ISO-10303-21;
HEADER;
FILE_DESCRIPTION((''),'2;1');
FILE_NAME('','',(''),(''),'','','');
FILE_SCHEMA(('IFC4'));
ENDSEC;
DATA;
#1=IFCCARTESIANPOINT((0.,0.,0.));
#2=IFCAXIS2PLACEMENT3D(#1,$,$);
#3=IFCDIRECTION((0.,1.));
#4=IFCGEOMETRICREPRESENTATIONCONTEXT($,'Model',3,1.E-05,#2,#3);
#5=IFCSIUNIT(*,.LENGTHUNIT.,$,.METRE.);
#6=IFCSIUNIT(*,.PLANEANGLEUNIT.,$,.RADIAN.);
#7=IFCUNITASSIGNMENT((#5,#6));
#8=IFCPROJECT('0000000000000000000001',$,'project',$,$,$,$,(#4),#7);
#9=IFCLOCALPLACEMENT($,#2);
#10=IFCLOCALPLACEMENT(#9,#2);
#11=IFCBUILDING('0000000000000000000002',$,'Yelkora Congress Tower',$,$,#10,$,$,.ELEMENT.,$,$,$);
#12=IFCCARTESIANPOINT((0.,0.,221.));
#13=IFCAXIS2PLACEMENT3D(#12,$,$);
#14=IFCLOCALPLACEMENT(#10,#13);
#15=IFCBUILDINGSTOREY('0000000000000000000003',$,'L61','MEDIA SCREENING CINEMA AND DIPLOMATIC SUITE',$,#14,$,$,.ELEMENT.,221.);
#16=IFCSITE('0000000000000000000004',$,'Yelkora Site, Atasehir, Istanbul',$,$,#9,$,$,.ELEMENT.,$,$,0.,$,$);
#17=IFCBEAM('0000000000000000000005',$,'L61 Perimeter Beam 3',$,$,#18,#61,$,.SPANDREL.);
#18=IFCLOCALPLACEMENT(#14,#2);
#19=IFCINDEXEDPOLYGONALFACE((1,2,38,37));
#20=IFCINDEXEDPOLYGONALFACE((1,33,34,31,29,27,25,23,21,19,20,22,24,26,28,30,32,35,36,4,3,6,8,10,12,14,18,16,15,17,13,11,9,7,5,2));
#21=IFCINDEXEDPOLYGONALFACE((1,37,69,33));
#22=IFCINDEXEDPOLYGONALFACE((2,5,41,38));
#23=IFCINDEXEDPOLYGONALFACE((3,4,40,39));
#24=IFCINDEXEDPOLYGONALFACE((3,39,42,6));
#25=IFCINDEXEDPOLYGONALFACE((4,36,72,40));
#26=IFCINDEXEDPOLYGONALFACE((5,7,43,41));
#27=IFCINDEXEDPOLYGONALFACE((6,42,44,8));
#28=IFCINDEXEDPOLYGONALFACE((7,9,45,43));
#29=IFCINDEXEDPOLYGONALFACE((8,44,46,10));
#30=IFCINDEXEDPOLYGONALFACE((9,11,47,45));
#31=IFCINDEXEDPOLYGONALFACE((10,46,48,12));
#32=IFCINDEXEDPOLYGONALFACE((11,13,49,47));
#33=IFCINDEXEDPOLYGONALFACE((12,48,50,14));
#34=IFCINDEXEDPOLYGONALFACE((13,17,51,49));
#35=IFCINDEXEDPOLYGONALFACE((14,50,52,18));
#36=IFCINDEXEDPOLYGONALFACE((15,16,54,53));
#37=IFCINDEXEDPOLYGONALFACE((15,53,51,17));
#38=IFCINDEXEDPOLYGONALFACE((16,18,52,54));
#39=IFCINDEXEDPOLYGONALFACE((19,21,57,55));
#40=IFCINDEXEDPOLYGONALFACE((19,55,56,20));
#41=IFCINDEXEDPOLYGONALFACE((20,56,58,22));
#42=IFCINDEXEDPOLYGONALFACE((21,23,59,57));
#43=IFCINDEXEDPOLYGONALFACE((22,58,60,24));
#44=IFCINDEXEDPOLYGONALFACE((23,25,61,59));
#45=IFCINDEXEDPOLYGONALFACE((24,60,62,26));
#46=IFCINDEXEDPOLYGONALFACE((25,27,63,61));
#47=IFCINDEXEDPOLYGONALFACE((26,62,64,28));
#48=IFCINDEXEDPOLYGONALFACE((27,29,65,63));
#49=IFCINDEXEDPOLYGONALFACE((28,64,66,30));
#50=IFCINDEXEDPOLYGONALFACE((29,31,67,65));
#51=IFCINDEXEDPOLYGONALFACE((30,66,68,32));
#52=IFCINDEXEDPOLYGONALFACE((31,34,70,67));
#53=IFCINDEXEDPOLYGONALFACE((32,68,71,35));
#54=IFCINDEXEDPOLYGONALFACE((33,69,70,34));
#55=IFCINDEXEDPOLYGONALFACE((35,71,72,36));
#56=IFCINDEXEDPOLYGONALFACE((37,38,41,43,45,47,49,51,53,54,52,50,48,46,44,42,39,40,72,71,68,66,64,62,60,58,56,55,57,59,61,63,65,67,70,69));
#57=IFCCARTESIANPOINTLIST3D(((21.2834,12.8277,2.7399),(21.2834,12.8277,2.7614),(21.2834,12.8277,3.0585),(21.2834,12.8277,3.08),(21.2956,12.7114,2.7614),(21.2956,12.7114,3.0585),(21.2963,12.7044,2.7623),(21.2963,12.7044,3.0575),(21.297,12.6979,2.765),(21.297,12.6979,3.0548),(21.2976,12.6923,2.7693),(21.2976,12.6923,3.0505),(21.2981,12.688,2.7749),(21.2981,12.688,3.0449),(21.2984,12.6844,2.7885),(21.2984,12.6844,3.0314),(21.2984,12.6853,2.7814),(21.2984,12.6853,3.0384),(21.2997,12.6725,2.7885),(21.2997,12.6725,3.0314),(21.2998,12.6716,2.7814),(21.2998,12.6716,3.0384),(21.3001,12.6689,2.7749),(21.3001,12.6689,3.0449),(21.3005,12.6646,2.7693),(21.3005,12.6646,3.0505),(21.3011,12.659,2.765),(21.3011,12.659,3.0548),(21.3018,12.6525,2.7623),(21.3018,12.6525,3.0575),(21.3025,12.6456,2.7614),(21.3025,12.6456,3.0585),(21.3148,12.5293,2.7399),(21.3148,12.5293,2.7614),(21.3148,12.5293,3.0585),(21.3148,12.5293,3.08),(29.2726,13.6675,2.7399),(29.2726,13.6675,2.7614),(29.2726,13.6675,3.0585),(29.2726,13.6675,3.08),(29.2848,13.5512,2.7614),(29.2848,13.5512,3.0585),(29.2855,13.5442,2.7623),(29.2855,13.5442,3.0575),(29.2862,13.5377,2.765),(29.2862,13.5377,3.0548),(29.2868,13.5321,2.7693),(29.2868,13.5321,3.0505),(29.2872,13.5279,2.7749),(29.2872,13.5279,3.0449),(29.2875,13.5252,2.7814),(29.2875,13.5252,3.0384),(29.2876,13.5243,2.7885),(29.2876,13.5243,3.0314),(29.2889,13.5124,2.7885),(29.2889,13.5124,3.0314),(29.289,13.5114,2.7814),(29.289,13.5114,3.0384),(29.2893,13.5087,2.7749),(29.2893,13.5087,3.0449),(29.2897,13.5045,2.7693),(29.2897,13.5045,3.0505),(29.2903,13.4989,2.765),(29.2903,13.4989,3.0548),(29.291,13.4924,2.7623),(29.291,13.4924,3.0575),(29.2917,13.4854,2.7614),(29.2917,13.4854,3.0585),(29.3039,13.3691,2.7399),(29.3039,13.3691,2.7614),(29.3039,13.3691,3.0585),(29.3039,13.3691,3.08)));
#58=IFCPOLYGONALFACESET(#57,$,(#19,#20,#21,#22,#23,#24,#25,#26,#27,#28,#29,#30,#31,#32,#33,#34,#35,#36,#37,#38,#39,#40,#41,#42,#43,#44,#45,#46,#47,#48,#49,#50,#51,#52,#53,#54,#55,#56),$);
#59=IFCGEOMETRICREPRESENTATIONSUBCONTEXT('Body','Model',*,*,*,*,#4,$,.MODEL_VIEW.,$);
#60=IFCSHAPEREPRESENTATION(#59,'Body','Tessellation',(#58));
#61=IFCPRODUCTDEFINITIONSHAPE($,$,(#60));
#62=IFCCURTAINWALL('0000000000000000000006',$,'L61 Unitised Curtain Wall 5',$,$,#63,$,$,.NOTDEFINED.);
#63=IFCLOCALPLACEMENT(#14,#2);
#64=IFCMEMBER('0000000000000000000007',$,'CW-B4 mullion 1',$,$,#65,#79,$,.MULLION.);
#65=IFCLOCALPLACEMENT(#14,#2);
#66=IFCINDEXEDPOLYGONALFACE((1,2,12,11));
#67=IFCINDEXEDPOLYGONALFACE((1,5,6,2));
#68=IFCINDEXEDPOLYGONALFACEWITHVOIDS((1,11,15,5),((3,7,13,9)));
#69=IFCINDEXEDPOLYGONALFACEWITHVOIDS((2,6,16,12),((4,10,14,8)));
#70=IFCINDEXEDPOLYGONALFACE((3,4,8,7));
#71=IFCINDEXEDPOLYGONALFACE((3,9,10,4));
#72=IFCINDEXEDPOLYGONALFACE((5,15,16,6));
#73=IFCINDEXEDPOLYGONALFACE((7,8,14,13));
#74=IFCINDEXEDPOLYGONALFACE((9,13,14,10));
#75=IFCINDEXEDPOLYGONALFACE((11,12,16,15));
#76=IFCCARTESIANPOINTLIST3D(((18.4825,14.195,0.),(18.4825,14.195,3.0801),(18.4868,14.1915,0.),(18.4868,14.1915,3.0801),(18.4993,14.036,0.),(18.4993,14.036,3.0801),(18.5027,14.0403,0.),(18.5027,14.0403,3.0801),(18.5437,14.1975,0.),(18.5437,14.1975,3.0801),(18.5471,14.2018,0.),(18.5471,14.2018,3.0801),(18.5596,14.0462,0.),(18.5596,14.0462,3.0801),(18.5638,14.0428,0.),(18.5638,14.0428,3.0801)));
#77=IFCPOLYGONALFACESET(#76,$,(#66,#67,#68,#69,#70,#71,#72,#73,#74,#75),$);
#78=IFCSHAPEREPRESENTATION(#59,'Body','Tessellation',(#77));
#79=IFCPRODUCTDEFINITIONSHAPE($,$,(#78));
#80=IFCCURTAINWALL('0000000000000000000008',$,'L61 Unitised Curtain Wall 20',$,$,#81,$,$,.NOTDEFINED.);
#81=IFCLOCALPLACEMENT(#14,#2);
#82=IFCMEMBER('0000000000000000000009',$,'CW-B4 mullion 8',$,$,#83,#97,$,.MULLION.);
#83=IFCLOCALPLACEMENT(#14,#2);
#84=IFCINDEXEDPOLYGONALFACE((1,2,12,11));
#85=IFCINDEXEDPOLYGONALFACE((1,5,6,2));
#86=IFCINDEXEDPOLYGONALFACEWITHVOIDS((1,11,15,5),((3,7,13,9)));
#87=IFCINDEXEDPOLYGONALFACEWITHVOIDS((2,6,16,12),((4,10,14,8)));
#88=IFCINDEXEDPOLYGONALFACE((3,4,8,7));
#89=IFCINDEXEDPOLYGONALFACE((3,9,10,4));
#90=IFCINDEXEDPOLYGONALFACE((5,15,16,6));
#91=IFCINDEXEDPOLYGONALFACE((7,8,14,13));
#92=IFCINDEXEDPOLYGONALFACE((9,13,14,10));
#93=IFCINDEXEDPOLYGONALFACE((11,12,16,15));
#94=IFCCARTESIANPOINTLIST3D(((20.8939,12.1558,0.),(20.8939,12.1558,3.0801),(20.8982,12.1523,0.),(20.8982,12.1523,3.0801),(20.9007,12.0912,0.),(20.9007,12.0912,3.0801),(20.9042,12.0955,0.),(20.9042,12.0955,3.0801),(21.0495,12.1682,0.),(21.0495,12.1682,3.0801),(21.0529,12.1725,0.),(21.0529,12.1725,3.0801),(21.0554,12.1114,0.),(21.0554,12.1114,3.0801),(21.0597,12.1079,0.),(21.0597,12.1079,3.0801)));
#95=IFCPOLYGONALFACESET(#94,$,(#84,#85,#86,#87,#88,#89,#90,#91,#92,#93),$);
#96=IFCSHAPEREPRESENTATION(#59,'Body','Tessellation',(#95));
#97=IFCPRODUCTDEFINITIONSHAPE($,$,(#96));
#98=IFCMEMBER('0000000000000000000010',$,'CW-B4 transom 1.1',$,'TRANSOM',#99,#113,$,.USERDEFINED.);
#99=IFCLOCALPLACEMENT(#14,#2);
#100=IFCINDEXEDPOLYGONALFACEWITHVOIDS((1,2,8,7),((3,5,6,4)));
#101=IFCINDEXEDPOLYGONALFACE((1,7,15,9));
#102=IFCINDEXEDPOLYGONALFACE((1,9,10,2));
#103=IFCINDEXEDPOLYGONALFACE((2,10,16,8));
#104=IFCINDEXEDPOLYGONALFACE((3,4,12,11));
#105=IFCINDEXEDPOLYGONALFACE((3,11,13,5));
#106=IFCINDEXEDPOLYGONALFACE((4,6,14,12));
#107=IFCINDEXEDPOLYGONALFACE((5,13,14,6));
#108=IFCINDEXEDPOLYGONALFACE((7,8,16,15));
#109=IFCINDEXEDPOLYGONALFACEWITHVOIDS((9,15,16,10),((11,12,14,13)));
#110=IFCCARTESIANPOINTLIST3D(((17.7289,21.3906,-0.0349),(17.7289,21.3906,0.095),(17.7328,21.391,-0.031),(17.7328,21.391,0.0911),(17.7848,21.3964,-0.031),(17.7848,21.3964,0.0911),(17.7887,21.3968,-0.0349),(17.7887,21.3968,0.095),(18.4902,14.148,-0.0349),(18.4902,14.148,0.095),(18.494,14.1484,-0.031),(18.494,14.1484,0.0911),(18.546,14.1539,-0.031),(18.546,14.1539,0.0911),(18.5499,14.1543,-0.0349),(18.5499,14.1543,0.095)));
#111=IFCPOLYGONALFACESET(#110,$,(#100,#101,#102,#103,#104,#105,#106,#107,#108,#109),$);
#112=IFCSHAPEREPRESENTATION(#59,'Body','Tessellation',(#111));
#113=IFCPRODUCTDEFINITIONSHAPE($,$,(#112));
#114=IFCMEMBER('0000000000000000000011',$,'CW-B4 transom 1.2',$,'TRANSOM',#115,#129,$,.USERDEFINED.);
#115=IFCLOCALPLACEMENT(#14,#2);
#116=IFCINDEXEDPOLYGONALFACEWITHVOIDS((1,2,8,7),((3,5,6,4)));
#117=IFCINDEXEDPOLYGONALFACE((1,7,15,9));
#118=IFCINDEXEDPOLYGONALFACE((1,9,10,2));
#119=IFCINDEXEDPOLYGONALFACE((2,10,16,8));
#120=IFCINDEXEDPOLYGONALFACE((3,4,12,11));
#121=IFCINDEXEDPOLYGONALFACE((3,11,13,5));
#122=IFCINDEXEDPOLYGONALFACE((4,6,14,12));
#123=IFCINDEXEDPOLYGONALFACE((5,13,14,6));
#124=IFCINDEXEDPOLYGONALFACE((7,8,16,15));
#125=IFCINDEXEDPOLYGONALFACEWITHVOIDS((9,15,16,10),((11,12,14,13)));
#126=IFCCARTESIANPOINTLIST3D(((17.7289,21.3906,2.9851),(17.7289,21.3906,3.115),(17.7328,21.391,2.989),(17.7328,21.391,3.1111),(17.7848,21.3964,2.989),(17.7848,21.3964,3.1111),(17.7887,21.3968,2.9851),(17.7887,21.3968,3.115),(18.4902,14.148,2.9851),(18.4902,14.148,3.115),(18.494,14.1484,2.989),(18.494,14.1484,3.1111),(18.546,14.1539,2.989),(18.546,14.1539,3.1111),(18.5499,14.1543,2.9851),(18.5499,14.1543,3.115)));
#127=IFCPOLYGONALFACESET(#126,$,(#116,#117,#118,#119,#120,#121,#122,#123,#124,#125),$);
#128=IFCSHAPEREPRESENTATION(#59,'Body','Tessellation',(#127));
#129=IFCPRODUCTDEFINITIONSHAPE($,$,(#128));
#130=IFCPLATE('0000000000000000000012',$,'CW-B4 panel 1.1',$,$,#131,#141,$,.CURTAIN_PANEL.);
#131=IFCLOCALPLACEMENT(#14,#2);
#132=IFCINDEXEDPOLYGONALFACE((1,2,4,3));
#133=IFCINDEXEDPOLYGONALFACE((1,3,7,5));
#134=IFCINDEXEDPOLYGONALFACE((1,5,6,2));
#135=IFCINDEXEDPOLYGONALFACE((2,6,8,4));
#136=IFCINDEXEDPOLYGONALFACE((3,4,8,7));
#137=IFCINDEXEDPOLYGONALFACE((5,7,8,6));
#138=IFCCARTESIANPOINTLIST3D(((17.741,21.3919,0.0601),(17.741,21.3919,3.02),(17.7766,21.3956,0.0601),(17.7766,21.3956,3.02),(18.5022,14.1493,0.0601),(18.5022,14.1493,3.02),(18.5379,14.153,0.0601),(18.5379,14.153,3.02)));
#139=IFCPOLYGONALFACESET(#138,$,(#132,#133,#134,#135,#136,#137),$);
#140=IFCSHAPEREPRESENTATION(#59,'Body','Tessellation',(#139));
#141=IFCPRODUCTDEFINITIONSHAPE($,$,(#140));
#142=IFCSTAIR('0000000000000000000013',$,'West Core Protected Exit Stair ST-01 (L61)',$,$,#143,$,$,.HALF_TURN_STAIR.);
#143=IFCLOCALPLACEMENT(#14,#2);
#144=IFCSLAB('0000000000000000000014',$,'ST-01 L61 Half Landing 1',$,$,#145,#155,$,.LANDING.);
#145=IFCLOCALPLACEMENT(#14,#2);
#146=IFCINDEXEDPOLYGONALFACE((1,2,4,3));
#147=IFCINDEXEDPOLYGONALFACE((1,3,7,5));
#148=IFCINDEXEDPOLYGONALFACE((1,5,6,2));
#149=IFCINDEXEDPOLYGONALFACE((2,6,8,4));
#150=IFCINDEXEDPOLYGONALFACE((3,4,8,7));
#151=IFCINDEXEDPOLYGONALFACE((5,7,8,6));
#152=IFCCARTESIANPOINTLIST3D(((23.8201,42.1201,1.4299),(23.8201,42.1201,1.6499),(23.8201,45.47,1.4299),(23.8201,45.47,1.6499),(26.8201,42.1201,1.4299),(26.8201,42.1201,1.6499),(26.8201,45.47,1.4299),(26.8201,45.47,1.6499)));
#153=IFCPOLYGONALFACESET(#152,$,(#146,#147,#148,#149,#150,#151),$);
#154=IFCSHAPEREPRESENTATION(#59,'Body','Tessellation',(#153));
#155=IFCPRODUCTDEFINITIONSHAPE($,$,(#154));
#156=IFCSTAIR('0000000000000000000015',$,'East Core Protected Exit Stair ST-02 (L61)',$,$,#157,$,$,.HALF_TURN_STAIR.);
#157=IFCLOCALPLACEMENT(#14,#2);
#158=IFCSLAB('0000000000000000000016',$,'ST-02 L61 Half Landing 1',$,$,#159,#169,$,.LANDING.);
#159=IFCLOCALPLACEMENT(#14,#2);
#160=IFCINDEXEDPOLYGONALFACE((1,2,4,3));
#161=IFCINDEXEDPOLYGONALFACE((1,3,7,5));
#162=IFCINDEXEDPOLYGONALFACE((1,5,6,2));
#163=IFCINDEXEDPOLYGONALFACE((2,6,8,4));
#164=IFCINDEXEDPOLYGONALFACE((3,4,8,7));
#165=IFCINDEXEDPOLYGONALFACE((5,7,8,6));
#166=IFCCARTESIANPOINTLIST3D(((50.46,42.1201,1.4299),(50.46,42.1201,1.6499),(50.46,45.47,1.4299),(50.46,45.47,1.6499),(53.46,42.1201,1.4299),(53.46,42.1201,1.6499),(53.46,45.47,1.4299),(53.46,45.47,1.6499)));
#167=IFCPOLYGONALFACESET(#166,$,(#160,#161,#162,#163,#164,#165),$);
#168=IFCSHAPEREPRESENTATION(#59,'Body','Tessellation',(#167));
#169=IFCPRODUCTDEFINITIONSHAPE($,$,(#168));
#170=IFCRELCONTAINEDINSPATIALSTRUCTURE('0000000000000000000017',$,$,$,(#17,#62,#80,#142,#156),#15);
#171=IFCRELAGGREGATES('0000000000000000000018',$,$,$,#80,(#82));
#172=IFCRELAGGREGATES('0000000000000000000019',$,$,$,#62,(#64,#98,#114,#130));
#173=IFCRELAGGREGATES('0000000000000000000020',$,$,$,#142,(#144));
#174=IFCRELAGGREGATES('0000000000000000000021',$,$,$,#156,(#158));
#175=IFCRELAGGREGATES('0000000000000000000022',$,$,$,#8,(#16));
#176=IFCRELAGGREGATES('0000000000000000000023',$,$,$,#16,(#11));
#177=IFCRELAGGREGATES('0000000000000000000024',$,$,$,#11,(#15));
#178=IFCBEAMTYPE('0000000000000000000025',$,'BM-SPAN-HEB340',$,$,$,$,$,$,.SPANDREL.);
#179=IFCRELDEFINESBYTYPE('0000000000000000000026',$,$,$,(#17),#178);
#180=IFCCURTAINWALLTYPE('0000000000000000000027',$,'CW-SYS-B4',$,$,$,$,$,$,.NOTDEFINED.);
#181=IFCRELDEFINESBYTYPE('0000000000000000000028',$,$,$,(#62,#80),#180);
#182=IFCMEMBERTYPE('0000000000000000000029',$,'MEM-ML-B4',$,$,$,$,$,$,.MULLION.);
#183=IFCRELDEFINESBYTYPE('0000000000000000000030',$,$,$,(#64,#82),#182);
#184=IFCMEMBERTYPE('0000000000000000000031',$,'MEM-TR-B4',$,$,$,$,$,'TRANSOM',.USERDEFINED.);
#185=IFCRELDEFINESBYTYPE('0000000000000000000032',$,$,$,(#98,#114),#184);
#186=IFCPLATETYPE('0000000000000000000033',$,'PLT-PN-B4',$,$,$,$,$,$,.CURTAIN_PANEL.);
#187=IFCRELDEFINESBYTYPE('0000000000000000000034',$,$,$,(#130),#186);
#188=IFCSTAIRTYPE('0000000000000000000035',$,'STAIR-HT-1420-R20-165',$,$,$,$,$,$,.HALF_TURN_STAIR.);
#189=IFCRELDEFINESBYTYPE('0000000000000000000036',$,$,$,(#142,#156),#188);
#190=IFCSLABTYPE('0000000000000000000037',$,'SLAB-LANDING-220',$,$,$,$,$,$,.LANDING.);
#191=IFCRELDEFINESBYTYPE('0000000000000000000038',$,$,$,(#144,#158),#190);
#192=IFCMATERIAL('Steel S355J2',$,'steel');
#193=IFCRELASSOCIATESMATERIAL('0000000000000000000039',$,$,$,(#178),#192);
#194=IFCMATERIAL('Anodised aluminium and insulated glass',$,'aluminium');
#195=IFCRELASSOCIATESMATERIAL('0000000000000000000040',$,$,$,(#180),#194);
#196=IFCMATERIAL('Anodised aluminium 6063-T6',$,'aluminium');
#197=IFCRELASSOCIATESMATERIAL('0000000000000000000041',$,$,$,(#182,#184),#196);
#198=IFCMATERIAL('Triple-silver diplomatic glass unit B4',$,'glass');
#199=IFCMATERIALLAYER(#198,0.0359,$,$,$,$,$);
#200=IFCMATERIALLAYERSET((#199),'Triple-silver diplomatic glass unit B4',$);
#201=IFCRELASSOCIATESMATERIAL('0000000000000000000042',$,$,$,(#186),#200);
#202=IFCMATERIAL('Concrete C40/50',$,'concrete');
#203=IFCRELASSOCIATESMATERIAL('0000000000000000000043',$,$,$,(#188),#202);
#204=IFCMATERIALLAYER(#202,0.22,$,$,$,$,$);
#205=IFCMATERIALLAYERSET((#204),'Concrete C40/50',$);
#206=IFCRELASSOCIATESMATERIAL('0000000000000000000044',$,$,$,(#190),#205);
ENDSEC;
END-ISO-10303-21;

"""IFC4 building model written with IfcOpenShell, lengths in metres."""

from ifc_helpers import new_model, si_unit, direction, frame, origin, origin_2d, place, context, subcontext, project, spatial, polyline, rectangle, hollow_rectangle, i_section, outline, extrude, material, layer, layer_set, material_profile, profile_set, type_object, element, aggregate, save


model = new_model("IFC4")

# Units and contexts
model_context = context("Model", 3, precision=1e-05, world=origin(), true_north=direction((0.0, 1.0)))
body_context = subcontext(model_context, "Body", "Model", "MODEL_VIEW")
ifc_project = project(units=[si_unit("LENGTHUNIT", "METRE"), si_unit("PLANEANGLEUNIT", "RADIAN")], contexts=[model_context])

# Site, building, storey
site_placement = place(None, origin())
site = spatial("IfcSite", under=ifc_project, at=site_placement, Name="Yelkora Site, Atasehir, Istanbul", CompositionType="ELEMENT", RefElevation=0.0)
building_placement = place(site_placement, origin())
building = spatial("IfcBuilding", under=site, at=building_placement, Name="Yelkora Congress Tower", CompositionType="ELEMENT")
storey_placement = place(building_placement, frame((0.0, 0.0, 221.0)))
storey = spatial("IfcBuildingStorey", under=building, at=storey_placement, Name="L61", Description="MEDIA SCREENING CINEMA AND DIPLOMATIC SUITE", CompositionType="ELEMENT", Elevation=221.0)

# Shared definitions
ifc_material_1 = material(Name="Steel S355J2", Category="steel")

# Beam
ifc_material_profile_1 = material_profile(ifc_material_1, i_section(OverallWidth=0.3, OverallDepth=0.3401, WebThickness=0.012, FlangeThickness=0.0215, FilletRadius=0.0271, at=origin_2d()), Name="HEB 340")
ifc_profile_set_1 = profile_set([ifc_material_profile_1], Name="Steel S355J2")
beam_type_1 = type_object("IfcBeamType", Name="BM-SPAN-HEB340", PredefinedType="SPANDREL", material=ifc_profile_set_1)
beam_1_placement = place(storey_placement, frame((21.2991, 12.6785, 2.9099), z_axis=(0.99452, 0.104546, 0.0), x_axis=(-0.104546, 0.99452, 0.0)))
element("IfcBeam", 1, at=beam_1_placement, inside=storey, type_object=beam_type_1, Name="L61 Perimeter Beam 3", PredefinedType="SPANDREL", context=body_context, shape_type="SweptSolid", body=[
    extrude(i_section(OverallWidth=0.3, OverallDepth=0.3401, WebThickness=0.012, FlangeThickness=0.0215, FilletRadius=0.0271, at=origin_2d()), origin(), (0.0, 0.0, 1.0), 8.0332),
])

# Curtain walls, members
ifc_material_2 = material(Name="Anodised aluminium and insulated glass", Category="aluminium")
curtain_wall_type = type_object("IfcCurtainWallType", Name="CW-SYS-B4", PredefinedType="NOTDEFINED", material=ifc_material_2)
curtain_wall_1_placement = place(storey_placement, origin())
curtain_wall_1 = element("IfcCurtainWall", 2, at=curtain_wall_1_placement, inside=storey, type_object=curtain_wall_type, Name="L61 Unitised Curtain Wall 5", PredefinedType="NOTDEFINED")
ifc_material_3 = material(Name="Anodised aluminium 6063-T6", Category="aluminium")
ifc_material_profile_2 = material_profile(ifc_material_3, hollow_rectangle(XDim=0.0649, YDim=0.1599, WallThickness=0.0039, at=origin_2d()), Name="ALU 65x160x4")
ifc_profile_set_2 = profile_set([ifc_material_profile_2], Name="Anodised aluminium 6063-T6")
member_type_1 = type_object("IfcMemberType", Name="MEM-ML-B4", PredefinedType="MULLION", material=ifc_profile_set_2)
member_1_placement = place(storey_placement, frame((18.5232, 14.1189, 0.0), z_axis=(0.0, 0.0, 1.0), x_axis=(-0.994522, -0.104526, 0.0)))
member_1 = element("IfcMember", 3, at=member_1_placement, type_object=member_type_1, Name="CW-B4 mullion 1", PredefinedType="MULLION", context=body_context, shape_type="SweptSolid", body=[
    extrude(hollow_rectangle(XDim=0.0649, YDim=0.1599, WallThickness=0.0039, at=origin_2d()), origin(), (0.0, 0.0, 1.0), 3.0801),
])
curtain_wall_2_placement = place(storey_placement, origin())
curtain_wall_2 = element("IfcCurtainWall", 4, at=curtain_wall_2_placement, inside=storey, type_object=curtain_wall_type, Name="L61 Unitised Curtain Wall 20", PredefinedType="NOTDEFINED")
member_2_placement = place(storey_placement, frame((20.9768, 12.1318, 0.0), z_axis=(0.0, 0.0, 1.0), x_axis=(0.104527, -0.994522, 0.0)))
member_2 = element("IfcMember", 5, at=member_2_placement, type_object=member_type_1, Name="CW-B4 mullion 8", PredefinedType="MULLION", context=body_context, shape_type="SweptSolid", body=[
    extrude(hollow_rectangle(XDim=0.0649, YDim=0.1599, WallThickness=0.0039, at=origin_2d()), origin(), (0.0, 0.0, 1.0), 3.0801),
])
aggregate(curtain_wall_2, [member_2])

# Members
ifc_material_profile_3 = material_profile(ifc_material_3, hollow_rectangle(XDim=0.0601, YDim=0.1299, WallThickness=0.0039, at=origin_2d()), Name="ALU 60x130x4")
ifc_profile_set_3 = profile_set([ifc_material_profile_3], Name="Anodised aluminium 6063-T6")
member_type_2 = type_object("IfcMemberType", Name="MEM-TR-B4", ElementType="TRANSOM", PredefinedType="USERDEFINED", material=ifc_profile_set_3)
member_3_placement = place(storey_placement, frame((18.52, 14.1511, 0.03), z_axis=(-0.104528, 0.994522, 0.0), x_axis=(-0.994522, -0.104528, 0.0)))
member_3 = element("IfcMember", 6, at=member_3_placement, type_object=member_type_2, Name="CW-B4 transom 1.1", ObjectType="TRANSOM", PredefinedType="USERDEFINED", context=body_context, shape_type="SweptSolid", body=[
    extrude(hollow_rectangle(XDim=0.0601, YDim=0.1299, WallThickness=0.0039, at=origin_2d()), origin(), (0.0, 0.0, 1.0), 7.2825),
])
member_4_placement = place(storey_placement, frame((18.52, 14.1511, 3.05), z_axis=(-0.104528, 0.994522, 0.0), x_axis=(-0.994522, -0.104528, 0.0)))
member_4 = element("IfcMember", 7, at=member_4_placement, type_object=member_type_2, Name="CW-B4 transom 1.2", ObjectType="TRANSOM", PredefinedType="USERDEFINED", context=body_context, shape_type="SweptSolid", body=[
    extrude(hollow_rectangle(XDim=0.0601, YDim=0.1299, WallThickness=0.0039, at=origin_2d()), origin(), (0.0, 0.0, 1.0), 7.2825),
])

# Plate
ifc_material_4 = material(Name="Triple-silver diplomatic glass unit B4", Category="glass")
ifc_layer_1 = layer(ifc_material_4, 0.0359)
ifc_layer_set_1 = layer_set([ifc_layer_1], Name="Triple-silver diplomatic glass unit B4")
plate_type = type_object("IfcPlateType", Name="PLT-PN-B4", PredefinedType="CURTAIN_PANEL", material=ifc_layer_set_1)
plate_placement = place(storey_placement, frame((18.1394, 17.7725, 0.0601), z_axis=(0.0, 0.0, 1.0), x_axis=(-0.104526, 0.994522, 0.0)))
plate = element("IfcPlate", 8, at=plate_placement, type_object=plate_type, Name="CW-B4 panel 1.1", PredefinedType="CURTAIN_PANEL", context=body_context, shape_type="SweptSolid", body=[
    extrude(rectangle(XDim=7.2825, YDim=0.0359, at=origin_2d()), origin(), (0.0, 0.0, 1.0), 2.96),
])
aggregate(curtain_wall_1, [member_1, member_3, member_4, plate])

# Stairs, slabs
ifc_material_5 = material(Name="Concrete C40/50", Category="concrete")
stair_type = type_object("IfcStairType", Name="STAIR-HT-1420-R20-165", PredefinedType="HALF_TURN_STAIR", material=ifc_material_5)
stair_1_placement = place(storey_placement, origin())
stair_1 = element("IfcStair", 9, at=stair_1_placement, inside=storey, type_object=stair_type, Name="West Core Protected Exit Stair ST-01 (L61)", PredefinedType="HALF_TURN_STAIR")
ifc_layer_2 = layer(ifc_material_5, 0.22)
ifc_layer_set_2 = layer_set([ifc_layer_2], Name="Concrete C40/50")
slab_type_1 = type_object("IfcSlabType", Name="SLAB-LANDING-220", PredefinedType="LANDING", material=ifc_layer_set_2)
slab_1_placement = place(storey_placement, frame((0.0, 0.0, 1.4299)))
slab_1 = element("IfcSlab", 10, at=slab_1_placement, type_object=slab_type_1, Name="ST-01 L61 Half Landing 1", PredefinedType="LANDING", context=body_context, shape_type="SweptSolid", body=[
    extrude(outline(polyline([(26.8201, 42.1201), (26.8201, 45.47), (23.8201, 45.47), (23.8201, 42.1201), (26.8201, 42.1201)])), origin(), (0.0, 0.0, 1.0), 0.22),
])
aggregate(stair_1, [slab_1])
stair_2_placement = place(storey_placement, origin())
stair_2 = element("IfcStair", 11, at=stair_2_placement, inside=storey, type_object=stair_type, Name="East Core Protected Exit Stair ST-02 (L61)", PredefinedType="HALF_TURN_STAIR")
slab_2_placement = place(storey_placement, frame((0.0, 0.0, 1.4299)))
slab_2 = element("IfcSlab", 12, at=slab_2_placement, type_object=slab_type_1, Name="ST-02 L61 Half Landing 1", PredefinedType="LANDING", context=body_context, shape_type="SweptSolid", body=[
    extrude(outline(polyline([(53.46, 42.1201), (53.46, 45.47), (50.46, 45.47), (50.46, 42.1201), (53.46, 42.1201)])), origin(), (0.0, 0.0, 1.0), 0.22),
])
aggregate(stair_2, [slab_2])

save(model, "model.ifc")
